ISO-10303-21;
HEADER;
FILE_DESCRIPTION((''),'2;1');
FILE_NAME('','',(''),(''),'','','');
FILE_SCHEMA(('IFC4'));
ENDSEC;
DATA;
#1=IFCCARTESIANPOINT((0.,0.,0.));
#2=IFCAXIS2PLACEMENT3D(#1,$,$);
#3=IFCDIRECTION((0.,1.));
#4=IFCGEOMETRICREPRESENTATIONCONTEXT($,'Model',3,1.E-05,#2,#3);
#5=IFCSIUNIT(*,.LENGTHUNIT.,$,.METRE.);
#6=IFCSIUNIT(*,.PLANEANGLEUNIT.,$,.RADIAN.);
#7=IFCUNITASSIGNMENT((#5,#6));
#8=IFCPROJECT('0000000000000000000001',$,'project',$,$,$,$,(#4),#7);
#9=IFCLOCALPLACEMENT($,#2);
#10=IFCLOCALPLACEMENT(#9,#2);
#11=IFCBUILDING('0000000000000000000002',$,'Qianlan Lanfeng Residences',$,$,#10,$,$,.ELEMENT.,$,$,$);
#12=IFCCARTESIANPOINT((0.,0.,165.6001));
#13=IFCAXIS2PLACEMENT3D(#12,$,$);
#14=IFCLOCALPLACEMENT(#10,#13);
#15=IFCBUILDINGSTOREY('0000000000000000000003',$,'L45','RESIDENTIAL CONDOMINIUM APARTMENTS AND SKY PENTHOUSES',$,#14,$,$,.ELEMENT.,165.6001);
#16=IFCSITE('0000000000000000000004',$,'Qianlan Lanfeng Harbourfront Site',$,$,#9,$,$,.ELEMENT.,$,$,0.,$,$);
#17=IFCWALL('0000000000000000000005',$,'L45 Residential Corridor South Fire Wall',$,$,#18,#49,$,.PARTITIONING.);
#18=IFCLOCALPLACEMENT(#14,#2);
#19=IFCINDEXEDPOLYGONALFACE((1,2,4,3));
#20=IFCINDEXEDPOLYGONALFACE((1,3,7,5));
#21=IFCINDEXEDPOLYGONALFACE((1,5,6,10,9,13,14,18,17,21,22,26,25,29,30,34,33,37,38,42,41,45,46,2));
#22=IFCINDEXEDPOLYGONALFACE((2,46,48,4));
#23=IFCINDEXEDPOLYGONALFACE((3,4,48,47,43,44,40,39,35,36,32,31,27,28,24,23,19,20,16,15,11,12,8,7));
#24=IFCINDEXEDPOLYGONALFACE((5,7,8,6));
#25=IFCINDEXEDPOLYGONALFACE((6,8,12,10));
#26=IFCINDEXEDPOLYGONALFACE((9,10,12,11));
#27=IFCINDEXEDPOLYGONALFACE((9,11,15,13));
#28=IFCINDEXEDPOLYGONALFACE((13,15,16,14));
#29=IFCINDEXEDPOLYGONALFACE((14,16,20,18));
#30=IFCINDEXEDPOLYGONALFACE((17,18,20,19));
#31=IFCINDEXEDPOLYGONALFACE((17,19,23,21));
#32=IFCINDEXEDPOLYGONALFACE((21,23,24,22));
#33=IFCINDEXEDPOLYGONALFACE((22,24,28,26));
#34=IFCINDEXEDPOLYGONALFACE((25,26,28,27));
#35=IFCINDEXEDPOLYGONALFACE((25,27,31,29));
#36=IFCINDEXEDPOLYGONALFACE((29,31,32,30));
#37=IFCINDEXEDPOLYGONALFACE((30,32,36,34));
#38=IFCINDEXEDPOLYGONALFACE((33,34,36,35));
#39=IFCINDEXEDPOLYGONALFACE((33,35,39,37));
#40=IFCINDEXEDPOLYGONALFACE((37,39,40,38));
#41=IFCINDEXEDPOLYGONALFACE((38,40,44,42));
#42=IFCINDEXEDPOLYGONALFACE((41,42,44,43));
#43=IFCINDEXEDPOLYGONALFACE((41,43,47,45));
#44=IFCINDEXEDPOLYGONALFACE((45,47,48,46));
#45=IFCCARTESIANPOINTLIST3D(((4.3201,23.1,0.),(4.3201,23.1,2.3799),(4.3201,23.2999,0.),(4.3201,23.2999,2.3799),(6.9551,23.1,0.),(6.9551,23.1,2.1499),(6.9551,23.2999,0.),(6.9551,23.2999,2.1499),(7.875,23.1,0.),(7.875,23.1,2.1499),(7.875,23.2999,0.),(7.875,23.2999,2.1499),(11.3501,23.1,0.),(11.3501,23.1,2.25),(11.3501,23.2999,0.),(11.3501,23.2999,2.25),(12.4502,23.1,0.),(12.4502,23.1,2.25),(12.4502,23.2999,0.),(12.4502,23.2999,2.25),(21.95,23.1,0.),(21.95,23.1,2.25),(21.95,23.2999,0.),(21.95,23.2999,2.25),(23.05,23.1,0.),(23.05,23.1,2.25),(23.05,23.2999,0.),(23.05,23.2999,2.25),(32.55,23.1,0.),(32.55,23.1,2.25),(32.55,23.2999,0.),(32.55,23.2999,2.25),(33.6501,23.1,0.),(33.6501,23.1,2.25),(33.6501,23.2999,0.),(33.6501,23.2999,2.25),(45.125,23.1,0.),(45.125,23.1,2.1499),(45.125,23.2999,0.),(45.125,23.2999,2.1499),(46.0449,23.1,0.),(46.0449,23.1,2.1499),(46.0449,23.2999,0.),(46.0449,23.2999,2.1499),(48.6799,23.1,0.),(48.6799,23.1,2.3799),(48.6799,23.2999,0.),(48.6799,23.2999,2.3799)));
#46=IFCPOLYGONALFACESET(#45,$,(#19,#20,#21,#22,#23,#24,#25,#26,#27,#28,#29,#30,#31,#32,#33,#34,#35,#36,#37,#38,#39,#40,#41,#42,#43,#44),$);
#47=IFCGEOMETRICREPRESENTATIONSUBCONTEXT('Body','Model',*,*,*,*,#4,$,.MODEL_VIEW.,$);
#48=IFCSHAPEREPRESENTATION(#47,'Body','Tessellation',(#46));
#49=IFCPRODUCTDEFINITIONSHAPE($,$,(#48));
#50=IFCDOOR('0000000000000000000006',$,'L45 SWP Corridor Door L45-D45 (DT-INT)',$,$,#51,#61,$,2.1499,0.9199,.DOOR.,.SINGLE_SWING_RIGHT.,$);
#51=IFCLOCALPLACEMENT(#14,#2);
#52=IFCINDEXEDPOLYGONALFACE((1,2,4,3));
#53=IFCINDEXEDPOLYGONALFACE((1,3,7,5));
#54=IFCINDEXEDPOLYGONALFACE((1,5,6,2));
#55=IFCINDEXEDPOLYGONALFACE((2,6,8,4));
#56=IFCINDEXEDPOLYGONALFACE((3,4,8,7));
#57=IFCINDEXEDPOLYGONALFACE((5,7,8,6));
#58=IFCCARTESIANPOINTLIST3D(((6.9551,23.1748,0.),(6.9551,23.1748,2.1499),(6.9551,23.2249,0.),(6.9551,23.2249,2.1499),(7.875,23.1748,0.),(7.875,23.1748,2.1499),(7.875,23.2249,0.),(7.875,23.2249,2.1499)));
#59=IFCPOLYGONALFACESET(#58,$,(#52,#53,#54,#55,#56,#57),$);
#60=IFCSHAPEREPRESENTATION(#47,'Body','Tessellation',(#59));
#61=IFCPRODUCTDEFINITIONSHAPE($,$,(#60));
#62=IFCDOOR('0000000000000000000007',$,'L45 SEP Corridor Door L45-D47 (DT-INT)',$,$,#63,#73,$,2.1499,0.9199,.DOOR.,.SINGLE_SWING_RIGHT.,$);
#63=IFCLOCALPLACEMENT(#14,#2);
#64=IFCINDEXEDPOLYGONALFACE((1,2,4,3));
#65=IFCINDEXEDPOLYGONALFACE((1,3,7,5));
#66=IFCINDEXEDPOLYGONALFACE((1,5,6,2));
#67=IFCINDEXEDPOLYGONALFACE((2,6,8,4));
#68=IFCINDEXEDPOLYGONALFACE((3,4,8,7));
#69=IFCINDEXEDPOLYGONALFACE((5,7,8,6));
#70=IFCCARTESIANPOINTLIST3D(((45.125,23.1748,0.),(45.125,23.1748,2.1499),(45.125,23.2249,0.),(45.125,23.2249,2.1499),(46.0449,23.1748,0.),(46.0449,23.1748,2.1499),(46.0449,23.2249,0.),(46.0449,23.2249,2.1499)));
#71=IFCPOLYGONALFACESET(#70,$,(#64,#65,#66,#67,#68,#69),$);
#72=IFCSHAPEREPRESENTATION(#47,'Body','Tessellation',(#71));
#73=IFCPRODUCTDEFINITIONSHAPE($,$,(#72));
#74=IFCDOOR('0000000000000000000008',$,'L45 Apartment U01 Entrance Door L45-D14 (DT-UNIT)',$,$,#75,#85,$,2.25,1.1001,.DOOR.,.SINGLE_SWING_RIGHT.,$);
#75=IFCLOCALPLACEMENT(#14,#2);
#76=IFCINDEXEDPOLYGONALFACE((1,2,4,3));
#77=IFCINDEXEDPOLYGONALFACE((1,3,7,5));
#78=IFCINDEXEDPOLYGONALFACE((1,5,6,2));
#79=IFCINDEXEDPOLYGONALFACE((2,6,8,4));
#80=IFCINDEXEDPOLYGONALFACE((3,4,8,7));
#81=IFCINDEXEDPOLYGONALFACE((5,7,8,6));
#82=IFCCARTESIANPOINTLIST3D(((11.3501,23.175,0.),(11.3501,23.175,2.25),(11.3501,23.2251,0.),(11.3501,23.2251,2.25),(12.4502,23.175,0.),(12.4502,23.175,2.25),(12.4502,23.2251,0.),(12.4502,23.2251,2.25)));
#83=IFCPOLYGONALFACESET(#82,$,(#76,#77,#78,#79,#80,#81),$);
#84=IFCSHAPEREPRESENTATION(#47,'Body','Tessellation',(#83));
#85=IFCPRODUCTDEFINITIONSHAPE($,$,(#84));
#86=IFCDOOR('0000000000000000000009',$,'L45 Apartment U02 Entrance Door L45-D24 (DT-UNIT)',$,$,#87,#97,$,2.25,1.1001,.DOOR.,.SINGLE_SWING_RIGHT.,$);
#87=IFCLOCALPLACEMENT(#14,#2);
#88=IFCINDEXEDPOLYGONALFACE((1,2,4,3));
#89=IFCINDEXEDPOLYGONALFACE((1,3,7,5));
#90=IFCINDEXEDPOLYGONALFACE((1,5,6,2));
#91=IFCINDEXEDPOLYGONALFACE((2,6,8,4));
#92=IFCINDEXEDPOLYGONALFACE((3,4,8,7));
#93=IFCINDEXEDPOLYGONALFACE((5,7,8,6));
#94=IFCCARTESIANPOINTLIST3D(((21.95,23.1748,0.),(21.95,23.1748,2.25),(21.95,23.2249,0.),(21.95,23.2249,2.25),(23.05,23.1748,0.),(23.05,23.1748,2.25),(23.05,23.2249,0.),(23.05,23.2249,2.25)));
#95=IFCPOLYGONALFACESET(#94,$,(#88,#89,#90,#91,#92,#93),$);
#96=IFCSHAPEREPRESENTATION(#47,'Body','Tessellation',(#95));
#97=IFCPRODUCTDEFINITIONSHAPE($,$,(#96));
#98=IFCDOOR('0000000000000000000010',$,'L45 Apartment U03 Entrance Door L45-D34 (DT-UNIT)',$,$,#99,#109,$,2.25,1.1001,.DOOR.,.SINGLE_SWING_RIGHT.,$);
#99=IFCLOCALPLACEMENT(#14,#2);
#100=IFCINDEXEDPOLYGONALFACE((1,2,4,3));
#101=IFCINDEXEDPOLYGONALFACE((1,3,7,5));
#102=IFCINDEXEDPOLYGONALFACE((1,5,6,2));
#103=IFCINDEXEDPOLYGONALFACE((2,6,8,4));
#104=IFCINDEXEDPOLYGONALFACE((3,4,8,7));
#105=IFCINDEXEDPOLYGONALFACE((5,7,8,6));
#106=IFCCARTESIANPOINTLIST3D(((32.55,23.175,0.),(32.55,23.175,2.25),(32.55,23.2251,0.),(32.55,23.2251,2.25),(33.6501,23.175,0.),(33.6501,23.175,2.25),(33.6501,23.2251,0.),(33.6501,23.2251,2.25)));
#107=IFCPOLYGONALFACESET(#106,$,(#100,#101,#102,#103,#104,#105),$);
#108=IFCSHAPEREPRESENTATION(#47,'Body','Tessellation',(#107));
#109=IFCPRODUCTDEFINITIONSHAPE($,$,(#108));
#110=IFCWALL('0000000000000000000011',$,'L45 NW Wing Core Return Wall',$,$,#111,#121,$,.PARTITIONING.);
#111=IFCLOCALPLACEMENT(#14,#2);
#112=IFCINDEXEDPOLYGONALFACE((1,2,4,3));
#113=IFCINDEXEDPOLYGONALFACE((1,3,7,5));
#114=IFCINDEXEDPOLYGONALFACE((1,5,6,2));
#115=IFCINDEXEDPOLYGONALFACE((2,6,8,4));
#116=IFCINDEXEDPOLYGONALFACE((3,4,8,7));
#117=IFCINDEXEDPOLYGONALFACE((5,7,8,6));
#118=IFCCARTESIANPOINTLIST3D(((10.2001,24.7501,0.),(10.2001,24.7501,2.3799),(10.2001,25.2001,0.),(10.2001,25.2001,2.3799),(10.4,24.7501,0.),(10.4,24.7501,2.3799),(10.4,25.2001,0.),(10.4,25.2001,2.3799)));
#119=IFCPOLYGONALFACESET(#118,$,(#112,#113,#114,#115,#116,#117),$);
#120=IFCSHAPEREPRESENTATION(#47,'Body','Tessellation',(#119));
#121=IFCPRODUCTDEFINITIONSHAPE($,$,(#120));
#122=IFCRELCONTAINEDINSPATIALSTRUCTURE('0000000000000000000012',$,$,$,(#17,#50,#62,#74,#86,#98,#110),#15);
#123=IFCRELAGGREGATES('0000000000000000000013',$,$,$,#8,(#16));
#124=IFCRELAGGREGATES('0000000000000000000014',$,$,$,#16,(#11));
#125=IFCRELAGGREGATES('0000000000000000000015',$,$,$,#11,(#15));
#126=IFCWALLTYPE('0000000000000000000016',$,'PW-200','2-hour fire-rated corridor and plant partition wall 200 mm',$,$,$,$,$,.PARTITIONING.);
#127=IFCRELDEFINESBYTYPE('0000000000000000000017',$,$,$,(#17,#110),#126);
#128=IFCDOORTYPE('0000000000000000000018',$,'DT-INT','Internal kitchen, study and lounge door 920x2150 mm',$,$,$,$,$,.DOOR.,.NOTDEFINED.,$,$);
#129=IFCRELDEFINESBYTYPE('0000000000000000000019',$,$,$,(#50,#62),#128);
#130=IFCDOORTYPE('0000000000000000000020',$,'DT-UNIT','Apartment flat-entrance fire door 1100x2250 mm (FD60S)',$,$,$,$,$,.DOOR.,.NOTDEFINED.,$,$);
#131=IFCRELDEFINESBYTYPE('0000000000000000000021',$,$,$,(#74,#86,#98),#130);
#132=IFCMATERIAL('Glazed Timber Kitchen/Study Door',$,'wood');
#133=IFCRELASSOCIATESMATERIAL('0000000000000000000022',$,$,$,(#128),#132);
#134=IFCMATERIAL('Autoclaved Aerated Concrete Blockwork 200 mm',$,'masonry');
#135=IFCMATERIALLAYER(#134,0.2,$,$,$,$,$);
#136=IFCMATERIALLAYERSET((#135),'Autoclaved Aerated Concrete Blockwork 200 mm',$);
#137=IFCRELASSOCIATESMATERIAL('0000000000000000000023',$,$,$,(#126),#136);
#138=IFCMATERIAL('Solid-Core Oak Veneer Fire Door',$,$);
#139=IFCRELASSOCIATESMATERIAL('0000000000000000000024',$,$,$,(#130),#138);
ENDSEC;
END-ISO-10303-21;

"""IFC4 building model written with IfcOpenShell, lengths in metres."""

from ifc_helpers import new_model, si_unit, direction, frame, frame_2d, origin, place, context, subcontext, project, spatial, rectangle, extrude, material, layer, layer_set, type_object, element, fill, save


model = new_model("IFC4")

# Units and contexts
model_context = context("Model", 3, precision=1e-05, world=origin(), true_north=direction((0.0, 1.0)))
body_context = subcontext(model_context, "Body", "Model", "MODEL_VIEW")
ifc_project = project(units=[si_unit("LENGTHUNIT", "METRE"), si_unit("PLANEANGLEUNIT", "RADIAN")], contexts=[model_context])

# Site, building, storey
site_placement = place(None, origin())
site = spatial("IfcSite", under=ifc_project, at=site_placement, Name="Qianlan Lanfeng Harbourfront Site", CompositionType="ELEMENT", RefElevation=0.0)
building_placement = place(site_placement, origin())
building = spatial("IfcBuilding", under=site, at=building_placement, Name="Qianlan Lanfeng Residences", CompositionType="ELEMENT")
storey_placement = place(building_placement, frame((0.0, 0.0, 165.6001)))
storey = spatial("IfcBuildingStorey", under=building, at=storey_placement, Name="L45", Description="RESIDENTIAL CONDOMINIUM APARTMENTS AND SKY PENTHOUSES", CompositionType="ELEMENT", Elevation=165.6001)

# Shared definitions
ifc_material_1 = material(Name="Glazed Timber Kitchen/Study Door", Category="wood")
door_type_1 = type_object("IfcDoorType", Name="DT-INT", Description="Internal kitchen, study and lounge door 920x2150 mm", OperationType="NOTDEFINED", PredefinedType="DOOR", material=ifc_material_1)

# Wall, openings, doors
ifc_material_2 = material(Name="Autoclaved Aerated Concrete Blockwork 200 mm", Category="masonry")
ifc_layer_1 = layer(ifc_material_2, 0.2)
ifc_layer_set_1 = layer_set([ifc_layer_1], Name="Autoclaved Aerated Concrete Blockwork 200 mm")
wall_type_1 = type_object("IfcWallType", Name="PW-200", Description="2-hour fire-rated corridor and plant partition wall 200 mm", PredefinedType="PARTITIONING", material=ifc_layer_set_1)
wall_1_placement = place(storey_placement, frame((4.3201, 23.2, 0.0), z_axis=(0.0, 0.0, 1.0), x_axis=(1.0, 0.0, 0.0)))
wall_1 = element("IfcWall", 1, at=wall_1_placement, inside=storey, type_object=wall_type_1, Name="L45 Residential Corridor South Fire Wall", PredefinedType="PARTITIONING", context=body_context, shape_type="SweptSolid", body=[
    extrude(rectangle(XDim=44.3599, YDim=0.2, at=frame_2d((22.1799, 0.0))), origin(), (0.0, 0.0, 1.0), 2.3799),
])
opening_1_placement = place(wall_1_placement, frame((7.03, 0.0, 0.0)))
opening_1 = element("IfcOpeningElement", 2, at=opening_1_placement, cuts=wall_1, PredefinedType="OPENING", context=body_context, shape_type="SweptSolid", body=[
    extrude(rectangle(XDim=1.1001, YDim=2.25, at=frame_2d((0.55, 1.125))), frame((0.0, 0.1099, 0.0), z_axis=(0.0, -1.0, 0.0), x_axis=(1.0, 0.0, 0.0)), (0.0, 0.0, 1.0), 0.22),
])
opening_2_placement = place(wall_1_placement, frame((17.6299, 0.0, 0.0)))
opening_2 = element("IfcOpeningElement", 3, at=opening_2_placement, cuts=wall_1, PredefinedType="OPENING", context=body_context, shape_type="SweptSolid", body=[
    extrude(rectangle(XDim=1.1001, YDim=2.25, at=frame_2d((0.55, 1.125))), frame((0.0, 0.1099, 0.0), z_axis=(0.0, -1.0, 0.0), x_axis=(1.0, 0.0, 0.0)), (0.0, 0.0, 1.0), 0.22),
])
opening_3_placement = place(wall_1_placement, frame((28.23, 0.0, 0.0)))
opening_3 = element("IfcOpeningElement", 4, at=opening_3_placement, cuts=wall_1, PredefinedType="OPENING", context=body_context, shape_type="SweptSolid", body=[
    extrude(rectangle(XDim=1.1001, YDim=2.25, at=frame_2d((0.55, 1.125))), frame((0.0, 0.1099, 0.0), z_axis=(0.0, -1.0, 0.0), x_axis=(1.0, 0.0, 0.0)), (0.0, 0.0, 1.0), 0.22),
])
opening_4_placement = place(wall_1_placement, frame((2.635, 0.0, 0.0)))
opening_4 = element("IfcOpeningElement", 5, at=opening_4_placement, cuts=wall_1, PredefinedType="OPENING", context=body_context, shape_type="SweptSolid", body=[
    extrude(rectangle(XDim=0.9199, YDim=2.1499, at=frame_2d((0.46, 1.075))), frame((0.0, 0.1099, 0.0), z_axis=(0.0, -1.0, 0.0), x_axis=(1.0, 0.0, 0.0)), (0.0, 0.0, 1.0), 0.22),
])
opening_5_placement = place(wall_1_placement, frame((40.8049, 0.0, 0.0)))
opening_5 = element("IfcOpeningElement", 6, at=opening_5_placement, cuts=wall_1, PredefinedType="OPENING", context=body_context, shape_type="SweptSolid", body=[
    extrude(rectangle(XDim=0.9199, YDim=2.1499, at=frame_2d((0.46, 1.075))), frame((0.0, 0.1099, 0.0), z_axis=(0.0, -1.0, 0.0), x_axis=(1.0, 0.0, 0.0)), (0.0, 0.0, 1.0), 0.22),
])
door_1_placement = place(opening_4_placement, origin())
door_1 = element("IfcDoor", 7, at=door_1_placement, inside=storey, type_object=door_type_1, Name="L45 SWP Corridor Door L45-D45 (DT-INT)", OperationType="SINGLE_SWING_RIGHT", OverallHeight=2.1499, OverallWidth=0.9199, PredefinedType="DOOR", context=body_context, shape_type="SweptSolid", body=[
    extrude(rectangle(XDim=0.9199, YDim=2.1499, at=frame_2d((0.46, 1.075))), frame((0.0, 0.0249, 0.0), z_axis=(0.0, -1.0, 0.0), x_axis=(1.0, 0.0, 0.0)), (0.0, 0.0, 1.0), 0.05),
])
fill(opening_4, door_1)
door_2_placement = place(opening_5_placement, origin())
door_2 = element("IfcDoor", 8, at=door_2_placement, inside=storey, type_object=door_type_1, Name="L45 SEP Corridor Door L45-D47 (DT-INT)", OperationType="SINGLE_SWING_RIGHT", OverallHeight=2.1499, OverallWidth=0.9199, PredefinedType="DOOR", context=body_context, shape_type="SweptSolid", body=[
    extrude(rectangle(XDim=0.9199, YDim=2.1499, at=frame_2d((0.46, 1.075))), frame((0.0, 0.0249, 0.0), z_axis=(0.0, -1.0, 0.0), x_axis=(1.0, 0.0, 0.0)), (0.0, 0.0, 1.0), 0.05),
])
fill(opening_5, door_2)
ifc_material_3 = material(Name="Solid-Core Oak Veneer Fire Door")
door_type_2 = type_object("IfcDoorType", Name="DT-UNIT", Description="Apartment flat-entrance fire door 1100x2250 mm (FD60S)", OperationType="NOTDEFINED", PredefinedType="DOOR", material=ifc_material_3)
door_3_placement = place(opening_1_placement, frame((1.1001, 0.0, 0.0), z_axis=(0.0, 0.0, 1.0), x_axis=(-1.0, 0.0, 0.0)))
door_3 = element("IfcDoor", 9, at=door_3_placement, inside=storey, type_object=door_type_2, Name="L45 Apartment U01 Entrance Door L45-D14 (DT-UNIT)", OperationType="SINGLE_SWING_RIGHT", OverallHeight=2.25, OverallWidth=1.1001, PredefinedType="DOOR", context=body_context, shape_type="SweptSolid", body=[
    extrude(rectangle(XDim=1.1001, YDim=2.25, at=frame_2d((0.55, 1.125))), frame((0.0, 0.0249, 0.0), z_axis=(0.0, -1.0, 0.0), x_axis=(1.0, 0.0, 0.0)), (0.0, 0.0, 1.0), 0.05),
])
fill(opening_1, door_3)
door_4_placement = place(opening_2_placement, origin())
door_4 = element("IfcDoor", 10, at=door_4_placement, inside=storey, type_object=door_type_2, Name="L45 Apartment U02 Entrance Door L45-D24 (DT-UNIT)", OperationType="SINGLE_SWING_RIGHT", OverallHeight=2.25, OverallWidth=1.1001, PredefinedType="DOOR", context=body_context, shape_type="SweptSolid", body=[
    extrude(rectangle(XDim=1.1001, YDim=2.25, at=frame_2d((0.55, 1.125))), frame((0.0, 0.0249, 0.0), z_axis=(0.0, -1.0, 0.0), x_axis=(1.0, 0.0, 0.0)), (0.0, 0.0, 1.0), 0.05),
])
fill(opening_2, door_4)
door_5_placement = place(opening_3_placement, frame((1.1001, 0.0, 0.0), z_axis=(0.0, 0.0, 1.0), x_axis=(-1.0, 0.0, 0.0)))
door_5 = element("IfcDoor", 11, at=door_5_placement, inside=storey, type_object=door_type_2, Name="L45 Apartment U03 Entrance Door L45-D34 (DT-UNIT)", OperationType="SINGLE_SWING_RIGHT", OverallHeight=2.25, OverallWidth=1.1001, PredefinedType="DOOR", context=body_context, shape_type="SweptSolid", body=[
    extrude(rectangle(XDim=1.1001, YDim=2.25, at=frame_2d((0.55, 1.125))), frame((0.0, 0.0249, 0.0), z_axis=(0.0, -1.0, 0.0), x_axis=(1.0, 0.0, 0.0)), (0.0, 0.0, 1.0), 0.05),
])
fill(opening_3, door_5)

# Wall
wall_2_placement = place(storey_placement, frame((10.3, 24.75, 0.0), z_axis=(0.0, 0.0, 1.0), x_axis=(0.0, 1.0, 0.0)))
element("IfcWall", 12, at=wall_2_placement, inside=storey, type_object=wall_type_1, Name="L45 NW Wing Core Return Wall", PredefinedType="PARTITIONING", context=body_context, shape_type="SweptSolid", body=[
    extrude(rectangle(XDim=0.45, YDim=0.2, at=frame_2d((0.2251, 0.0))), origin(), (0.0, 0.0, 1.0), 2.3799),
])

save(model, "model.ifc")
